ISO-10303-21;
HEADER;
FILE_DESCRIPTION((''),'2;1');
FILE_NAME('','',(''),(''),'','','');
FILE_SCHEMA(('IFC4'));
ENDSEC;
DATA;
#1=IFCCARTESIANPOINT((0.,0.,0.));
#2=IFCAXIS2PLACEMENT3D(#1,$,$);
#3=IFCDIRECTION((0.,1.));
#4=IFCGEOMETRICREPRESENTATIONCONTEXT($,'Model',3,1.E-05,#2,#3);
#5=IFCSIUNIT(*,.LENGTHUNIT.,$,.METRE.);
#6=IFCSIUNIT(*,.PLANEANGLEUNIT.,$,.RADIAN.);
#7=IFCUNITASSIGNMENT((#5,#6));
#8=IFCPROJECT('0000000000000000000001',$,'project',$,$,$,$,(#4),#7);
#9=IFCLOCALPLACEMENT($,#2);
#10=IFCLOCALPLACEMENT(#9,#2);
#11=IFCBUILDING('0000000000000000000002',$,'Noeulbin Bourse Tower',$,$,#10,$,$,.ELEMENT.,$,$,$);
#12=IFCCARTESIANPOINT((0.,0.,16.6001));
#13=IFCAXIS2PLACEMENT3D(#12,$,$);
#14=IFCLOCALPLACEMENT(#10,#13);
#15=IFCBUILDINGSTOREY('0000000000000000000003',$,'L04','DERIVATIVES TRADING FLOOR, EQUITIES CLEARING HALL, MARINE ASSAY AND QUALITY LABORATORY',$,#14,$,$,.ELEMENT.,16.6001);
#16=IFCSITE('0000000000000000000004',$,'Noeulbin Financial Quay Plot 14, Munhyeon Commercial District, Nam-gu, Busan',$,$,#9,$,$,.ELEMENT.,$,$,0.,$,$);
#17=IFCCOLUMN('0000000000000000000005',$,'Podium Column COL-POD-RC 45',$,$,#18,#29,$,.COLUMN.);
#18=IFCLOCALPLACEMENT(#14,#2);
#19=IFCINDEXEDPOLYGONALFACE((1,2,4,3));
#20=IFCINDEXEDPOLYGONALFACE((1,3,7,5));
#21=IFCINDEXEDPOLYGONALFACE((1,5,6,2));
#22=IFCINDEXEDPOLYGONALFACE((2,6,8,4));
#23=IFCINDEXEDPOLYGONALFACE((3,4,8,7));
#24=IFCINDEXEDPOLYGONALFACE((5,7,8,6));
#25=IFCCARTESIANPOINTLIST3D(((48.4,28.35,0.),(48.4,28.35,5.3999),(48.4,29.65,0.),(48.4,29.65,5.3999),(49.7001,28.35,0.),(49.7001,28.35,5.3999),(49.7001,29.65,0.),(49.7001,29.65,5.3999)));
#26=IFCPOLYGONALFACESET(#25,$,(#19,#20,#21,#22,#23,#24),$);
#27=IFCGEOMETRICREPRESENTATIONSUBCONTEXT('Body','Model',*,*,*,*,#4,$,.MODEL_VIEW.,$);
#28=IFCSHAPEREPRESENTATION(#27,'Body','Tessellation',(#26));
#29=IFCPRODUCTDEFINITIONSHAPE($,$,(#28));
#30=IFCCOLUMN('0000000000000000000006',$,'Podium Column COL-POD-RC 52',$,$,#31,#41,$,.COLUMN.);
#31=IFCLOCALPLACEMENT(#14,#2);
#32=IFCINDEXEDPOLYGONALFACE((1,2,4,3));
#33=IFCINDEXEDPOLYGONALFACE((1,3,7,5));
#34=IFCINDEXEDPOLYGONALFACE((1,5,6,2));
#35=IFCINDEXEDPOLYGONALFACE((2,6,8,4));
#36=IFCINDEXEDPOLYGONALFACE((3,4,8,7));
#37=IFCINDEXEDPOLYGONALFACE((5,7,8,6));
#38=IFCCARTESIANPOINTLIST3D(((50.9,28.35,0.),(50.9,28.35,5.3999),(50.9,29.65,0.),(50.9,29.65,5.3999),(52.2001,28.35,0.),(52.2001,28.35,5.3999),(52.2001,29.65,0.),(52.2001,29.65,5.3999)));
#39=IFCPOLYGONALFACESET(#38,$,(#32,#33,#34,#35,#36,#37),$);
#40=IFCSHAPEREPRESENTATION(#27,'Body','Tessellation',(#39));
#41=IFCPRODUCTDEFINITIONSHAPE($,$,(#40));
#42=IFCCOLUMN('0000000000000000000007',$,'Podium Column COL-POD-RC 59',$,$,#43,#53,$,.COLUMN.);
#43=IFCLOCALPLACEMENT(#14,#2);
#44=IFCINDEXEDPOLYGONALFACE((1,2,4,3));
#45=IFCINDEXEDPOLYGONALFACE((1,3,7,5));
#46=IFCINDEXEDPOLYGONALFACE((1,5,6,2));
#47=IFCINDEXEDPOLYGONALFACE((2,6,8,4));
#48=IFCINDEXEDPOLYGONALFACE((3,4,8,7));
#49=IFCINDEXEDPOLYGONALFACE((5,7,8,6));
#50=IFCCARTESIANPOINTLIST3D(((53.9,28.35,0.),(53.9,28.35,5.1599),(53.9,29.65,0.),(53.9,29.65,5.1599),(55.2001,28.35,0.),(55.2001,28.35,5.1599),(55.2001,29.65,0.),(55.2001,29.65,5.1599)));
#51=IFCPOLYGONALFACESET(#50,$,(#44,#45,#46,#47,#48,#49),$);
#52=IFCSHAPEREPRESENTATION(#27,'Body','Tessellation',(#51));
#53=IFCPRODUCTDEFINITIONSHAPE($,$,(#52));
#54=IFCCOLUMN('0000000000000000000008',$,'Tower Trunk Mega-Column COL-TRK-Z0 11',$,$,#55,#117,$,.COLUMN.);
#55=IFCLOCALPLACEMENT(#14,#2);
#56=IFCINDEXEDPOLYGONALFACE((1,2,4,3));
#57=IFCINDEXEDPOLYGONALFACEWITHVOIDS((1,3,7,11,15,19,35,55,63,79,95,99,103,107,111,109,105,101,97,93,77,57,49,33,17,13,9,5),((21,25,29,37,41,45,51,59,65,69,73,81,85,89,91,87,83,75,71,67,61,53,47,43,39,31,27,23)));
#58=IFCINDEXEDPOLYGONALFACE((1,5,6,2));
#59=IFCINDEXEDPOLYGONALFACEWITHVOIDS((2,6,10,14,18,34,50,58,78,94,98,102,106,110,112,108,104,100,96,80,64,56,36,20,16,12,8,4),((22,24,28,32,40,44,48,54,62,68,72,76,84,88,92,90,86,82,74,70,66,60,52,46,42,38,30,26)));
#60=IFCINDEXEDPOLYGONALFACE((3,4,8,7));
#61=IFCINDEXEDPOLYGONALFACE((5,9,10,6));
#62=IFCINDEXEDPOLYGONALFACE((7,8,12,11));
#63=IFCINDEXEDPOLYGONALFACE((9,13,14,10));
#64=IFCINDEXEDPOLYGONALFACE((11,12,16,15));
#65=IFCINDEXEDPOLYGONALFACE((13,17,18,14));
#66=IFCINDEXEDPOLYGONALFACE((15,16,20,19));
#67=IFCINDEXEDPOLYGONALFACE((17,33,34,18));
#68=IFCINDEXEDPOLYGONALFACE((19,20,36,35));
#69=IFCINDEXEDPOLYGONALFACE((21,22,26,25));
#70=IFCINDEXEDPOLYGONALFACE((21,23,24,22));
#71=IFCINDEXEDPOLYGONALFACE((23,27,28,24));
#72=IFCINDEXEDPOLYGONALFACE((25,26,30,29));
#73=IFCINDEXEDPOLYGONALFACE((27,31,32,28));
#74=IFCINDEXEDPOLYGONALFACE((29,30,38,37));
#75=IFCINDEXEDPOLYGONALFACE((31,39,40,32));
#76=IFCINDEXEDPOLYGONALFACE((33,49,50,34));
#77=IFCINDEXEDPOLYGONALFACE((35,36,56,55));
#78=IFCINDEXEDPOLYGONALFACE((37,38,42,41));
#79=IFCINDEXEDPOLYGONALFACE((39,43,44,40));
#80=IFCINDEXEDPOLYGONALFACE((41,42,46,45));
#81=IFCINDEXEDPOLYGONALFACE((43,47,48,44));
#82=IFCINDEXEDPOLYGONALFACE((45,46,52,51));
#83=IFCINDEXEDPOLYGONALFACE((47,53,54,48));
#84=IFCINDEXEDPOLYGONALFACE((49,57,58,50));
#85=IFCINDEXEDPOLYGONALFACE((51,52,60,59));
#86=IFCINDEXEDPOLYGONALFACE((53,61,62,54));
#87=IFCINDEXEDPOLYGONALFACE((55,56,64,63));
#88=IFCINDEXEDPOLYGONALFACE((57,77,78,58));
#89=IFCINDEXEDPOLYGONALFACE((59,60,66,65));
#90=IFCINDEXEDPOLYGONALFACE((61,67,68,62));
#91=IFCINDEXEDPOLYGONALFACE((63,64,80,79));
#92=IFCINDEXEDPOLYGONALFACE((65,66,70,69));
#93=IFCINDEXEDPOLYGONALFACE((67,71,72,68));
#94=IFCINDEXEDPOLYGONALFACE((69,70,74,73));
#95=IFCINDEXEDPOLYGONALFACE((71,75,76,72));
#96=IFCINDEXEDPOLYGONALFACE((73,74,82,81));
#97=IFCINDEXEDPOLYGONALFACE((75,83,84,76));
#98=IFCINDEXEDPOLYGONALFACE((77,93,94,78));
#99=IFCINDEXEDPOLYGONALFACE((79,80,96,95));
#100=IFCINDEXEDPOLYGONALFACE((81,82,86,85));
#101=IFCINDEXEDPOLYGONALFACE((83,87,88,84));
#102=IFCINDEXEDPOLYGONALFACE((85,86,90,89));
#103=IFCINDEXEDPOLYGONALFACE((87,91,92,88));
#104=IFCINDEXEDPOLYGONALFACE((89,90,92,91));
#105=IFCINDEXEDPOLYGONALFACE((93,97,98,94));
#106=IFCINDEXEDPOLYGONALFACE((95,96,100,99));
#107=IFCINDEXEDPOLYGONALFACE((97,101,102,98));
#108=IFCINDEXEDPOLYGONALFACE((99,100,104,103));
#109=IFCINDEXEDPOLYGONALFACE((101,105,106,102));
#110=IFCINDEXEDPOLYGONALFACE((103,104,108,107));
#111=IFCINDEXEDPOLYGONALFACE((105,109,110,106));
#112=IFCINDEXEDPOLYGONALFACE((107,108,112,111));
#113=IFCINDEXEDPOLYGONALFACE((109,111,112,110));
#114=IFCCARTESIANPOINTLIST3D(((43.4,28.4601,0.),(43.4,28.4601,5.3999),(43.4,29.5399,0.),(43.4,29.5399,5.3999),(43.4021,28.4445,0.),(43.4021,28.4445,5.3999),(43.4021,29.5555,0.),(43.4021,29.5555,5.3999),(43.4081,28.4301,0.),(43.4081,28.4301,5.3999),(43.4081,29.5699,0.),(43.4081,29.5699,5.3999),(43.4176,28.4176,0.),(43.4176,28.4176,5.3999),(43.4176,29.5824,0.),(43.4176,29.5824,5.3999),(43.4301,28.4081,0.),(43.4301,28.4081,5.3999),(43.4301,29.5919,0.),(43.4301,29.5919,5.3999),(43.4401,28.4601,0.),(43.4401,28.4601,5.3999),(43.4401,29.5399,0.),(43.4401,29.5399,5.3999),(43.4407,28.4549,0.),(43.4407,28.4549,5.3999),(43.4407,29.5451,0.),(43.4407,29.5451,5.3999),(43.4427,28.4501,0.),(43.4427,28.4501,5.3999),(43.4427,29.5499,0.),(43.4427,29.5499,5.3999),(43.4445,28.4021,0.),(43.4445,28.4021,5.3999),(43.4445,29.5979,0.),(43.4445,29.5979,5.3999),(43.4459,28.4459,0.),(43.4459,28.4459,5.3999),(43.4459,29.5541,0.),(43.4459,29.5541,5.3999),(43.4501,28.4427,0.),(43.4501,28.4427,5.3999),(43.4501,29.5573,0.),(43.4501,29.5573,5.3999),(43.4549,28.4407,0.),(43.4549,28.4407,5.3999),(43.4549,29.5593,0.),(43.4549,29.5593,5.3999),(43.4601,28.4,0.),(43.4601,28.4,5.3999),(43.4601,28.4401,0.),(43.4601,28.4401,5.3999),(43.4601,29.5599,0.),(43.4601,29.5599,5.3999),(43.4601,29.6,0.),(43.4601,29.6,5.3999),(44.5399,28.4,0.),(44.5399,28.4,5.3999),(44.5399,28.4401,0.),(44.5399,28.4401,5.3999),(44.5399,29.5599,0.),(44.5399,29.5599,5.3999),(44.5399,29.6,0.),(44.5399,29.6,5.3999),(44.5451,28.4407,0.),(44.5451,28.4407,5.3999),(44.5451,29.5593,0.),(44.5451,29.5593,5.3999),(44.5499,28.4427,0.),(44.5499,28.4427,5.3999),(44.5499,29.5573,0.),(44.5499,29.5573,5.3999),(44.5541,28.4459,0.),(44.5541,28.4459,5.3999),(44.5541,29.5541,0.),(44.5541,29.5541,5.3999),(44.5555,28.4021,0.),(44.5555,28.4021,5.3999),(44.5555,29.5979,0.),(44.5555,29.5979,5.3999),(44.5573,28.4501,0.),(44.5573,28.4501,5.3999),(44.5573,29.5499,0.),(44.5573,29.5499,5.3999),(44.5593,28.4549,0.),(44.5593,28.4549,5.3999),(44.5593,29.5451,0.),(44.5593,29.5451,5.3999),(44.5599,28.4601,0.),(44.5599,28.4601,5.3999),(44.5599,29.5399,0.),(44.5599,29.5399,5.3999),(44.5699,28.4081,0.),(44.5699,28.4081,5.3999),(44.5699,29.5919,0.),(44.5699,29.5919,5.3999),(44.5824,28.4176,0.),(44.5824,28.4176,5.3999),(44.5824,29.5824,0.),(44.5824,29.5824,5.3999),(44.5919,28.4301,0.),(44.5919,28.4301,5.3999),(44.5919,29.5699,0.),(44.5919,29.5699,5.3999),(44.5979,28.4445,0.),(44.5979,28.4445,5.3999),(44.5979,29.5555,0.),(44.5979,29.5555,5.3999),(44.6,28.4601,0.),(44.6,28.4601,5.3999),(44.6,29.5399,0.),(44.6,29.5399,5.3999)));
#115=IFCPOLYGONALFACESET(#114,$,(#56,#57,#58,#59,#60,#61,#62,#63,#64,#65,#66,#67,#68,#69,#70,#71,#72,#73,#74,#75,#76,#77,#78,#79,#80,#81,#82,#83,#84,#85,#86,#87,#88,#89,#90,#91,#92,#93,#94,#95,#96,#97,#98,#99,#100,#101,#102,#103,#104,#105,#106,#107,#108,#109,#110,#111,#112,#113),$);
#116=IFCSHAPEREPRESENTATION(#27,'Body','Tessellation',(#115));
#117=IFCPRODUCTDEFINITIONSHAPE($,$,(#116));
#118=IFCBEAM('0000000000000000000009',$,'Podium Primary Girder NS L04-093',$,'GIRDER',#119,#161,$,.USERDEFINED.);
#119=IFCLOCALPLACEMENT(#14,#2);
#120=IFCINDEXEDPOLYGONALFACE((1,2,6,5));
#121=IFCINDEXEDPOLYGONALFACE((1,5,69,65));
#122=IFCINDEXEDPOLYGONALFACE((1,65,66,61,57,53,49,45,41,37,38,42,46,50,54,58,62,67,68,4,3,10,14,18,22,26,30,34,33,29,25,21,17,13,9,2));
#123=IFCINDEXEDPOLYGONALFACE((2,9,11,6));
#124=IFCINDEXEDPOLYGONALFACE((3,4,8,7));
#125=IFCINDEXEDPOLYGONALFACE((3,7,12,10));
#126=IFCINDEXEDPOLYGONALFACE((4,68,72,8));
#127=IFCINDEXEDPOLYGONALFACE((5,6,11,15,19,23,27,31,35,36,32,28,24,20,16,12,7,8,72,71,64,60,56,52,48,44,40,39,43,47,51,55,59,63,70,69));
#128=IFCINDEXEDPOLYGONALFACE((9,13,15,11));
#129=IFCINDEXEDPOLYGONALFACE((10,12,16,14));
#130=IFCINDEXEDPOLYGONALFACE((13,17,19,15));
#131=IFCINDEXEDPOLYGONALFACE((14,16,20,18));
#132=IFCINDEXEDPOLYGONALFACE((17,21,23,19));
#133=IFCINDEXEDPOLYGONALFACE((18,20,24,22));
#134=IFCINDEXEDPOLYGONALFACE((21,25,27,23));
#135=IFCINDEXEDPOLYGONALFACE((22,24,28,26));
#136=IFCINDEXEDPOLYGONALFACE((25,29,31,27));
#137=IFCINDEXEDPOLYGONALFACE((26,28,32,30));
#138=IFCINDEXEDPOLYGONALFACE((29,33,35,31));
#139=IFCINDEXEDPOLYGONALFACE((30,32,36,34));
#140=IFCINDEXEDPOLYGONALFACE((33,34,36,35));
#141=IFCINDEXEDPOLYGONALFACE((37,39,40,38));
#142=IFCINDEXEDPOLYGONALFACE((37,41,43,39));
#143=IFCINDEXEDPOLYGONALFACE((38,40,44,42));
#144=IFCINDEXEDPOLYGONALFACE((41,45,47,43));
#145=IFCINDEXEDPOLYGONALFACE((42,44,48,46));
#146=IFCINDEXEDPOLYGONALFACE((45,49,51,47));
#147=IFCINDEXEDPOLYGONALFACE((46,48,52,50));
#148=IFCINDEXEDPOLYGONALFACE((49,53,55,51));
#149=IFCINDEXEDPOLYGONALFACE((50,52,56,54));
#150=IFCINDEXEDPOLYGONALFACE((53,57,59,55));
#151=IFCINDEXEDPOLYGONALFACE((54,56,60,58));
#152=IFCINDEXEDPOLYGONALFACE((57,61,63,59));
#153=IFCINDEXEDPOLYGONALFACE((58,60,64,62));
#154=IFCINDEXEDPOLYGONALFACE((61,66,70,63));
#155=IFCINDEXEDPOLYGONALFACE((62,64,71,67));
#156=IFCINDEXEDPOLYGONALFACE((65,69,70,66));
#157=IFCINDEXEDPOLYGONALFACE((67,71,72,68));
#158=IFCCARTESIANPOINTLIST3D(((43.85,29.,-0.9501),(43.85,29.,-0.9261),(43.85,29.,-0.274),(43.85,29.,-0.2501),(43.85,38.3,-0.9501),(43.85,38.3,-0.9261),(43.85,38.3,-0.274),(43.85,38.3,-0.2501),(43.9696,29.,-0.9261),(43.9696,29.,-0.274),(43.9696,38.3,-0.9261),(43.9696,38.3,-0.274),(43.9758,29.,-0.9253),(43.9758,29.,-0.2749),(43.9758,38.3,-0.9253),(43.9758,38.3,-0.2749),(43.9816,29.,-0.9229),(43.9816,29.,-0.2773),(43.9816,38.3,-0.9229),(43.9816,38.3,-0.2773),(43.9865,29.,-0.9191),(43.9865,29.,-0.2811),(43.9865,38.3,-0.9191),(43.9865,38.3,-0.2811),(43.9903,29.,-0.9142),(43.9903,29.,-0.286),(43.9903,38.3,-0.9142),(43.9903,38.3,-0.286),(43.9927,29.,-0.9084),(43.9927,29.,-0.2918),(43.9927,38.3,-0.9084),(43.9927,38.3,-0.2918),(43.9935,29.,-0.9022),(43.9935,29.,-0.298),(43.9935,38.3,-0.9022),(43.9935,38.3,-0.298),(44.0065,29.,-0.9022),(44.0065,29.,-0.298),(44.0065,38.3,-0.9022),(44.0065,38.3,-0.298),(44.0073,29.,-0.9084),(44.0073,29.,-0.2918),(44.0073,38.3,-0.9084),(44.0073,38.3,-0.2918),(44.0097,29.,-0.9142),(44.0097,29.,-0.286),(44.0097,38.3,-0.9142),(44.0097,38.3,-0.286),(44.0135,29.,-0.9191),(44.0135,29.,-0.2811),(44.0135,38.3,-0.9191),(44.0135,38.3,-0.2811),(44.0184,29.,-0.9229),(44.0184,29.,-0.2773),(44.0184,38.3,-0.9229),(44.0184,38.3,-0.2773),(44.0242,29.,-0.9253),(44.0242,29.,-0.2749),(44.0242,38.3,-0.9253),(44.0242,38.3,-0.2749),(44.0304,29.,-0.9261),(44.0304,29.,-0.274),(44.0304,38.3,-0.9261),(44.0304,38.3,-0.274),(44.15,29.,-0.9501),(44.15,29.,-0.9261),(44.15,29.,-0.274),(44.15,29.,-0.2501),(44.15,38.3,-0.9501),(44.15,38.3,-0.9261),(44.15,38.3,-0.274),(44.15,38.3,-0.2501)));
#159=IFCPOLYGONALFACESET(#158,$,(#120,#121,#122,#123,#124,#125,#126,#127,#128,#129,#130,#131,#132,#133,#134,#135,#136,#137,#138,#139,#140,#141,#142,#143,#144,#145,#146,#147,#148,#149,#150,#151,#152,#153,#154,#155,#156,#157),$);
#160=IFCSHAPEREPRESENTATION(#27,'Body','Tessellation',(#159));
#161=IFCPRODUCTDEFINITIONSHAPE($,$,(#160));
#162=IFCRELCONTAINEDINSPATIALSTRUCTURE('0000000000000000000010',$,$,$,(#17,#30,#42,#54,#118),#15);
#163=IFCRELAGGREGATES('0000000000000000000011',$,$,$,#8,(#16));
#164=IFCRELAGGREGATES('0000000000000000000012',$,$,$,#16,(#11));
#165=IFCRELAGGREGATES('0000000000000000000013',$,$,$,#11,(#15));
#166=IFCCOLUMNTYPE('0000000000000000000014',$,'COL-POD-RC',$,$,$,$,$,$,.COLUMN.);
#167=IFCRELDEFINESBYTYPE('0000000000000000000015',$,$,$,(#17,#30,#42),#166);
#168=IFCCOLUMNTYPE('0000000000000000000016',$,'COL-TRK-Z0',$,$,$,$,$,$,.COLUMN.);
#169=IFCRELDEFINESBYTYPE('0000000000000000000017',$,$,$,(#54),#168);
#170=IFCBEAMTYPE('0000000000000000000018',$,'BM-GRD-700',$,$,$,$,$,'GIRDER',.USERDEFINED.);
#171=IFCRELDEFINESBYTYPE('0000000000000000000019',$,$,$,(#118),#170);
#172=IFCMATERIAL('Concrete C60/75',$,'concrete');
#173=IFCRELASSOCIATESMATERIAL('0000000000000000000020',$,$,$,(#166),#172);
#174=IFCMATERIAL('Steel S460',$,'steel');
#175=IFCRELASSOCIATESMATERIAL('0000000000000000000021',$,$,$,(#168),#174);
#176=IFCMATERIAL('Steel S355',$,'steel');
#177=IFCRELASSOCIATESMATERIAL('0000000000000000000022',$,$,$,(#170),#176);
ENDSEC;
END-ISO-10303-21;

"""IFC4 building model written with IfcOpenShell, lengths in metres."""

from ifc_helpers import new_model, si_unit, direction, frame, origin, origin_2d, place, context, subcontext, project, spatial, rectangle, hollow_rectangle, i_section, extrude, material, material_profile, profile_set, type_object, element, save


model = new_model("IFC4")

# Units and contexts
model_context = context("Model", 3, precision=1e-05, world=origin(), true_north=direction((0.0, 1.0)))
body_context = subcontext(model_context, "Body", "Model", "MODEL_VIEW")
ifc_project = project(units=[si_unit("LENGTHUNIT", "METRE"), si_unit("PLANEANGLEUNIT", "RADIAN")], contexts=[model_context])

# Site, building, storey
site_placement = place(None, origin())
site = spatial("IfcSite", under=ifc_project, at=site_placement, Name="Noeulbin Financial Quay Plot 14, Munhyeon Commercial District, Nam-gu, Busan", CompositionType="ELEMENT", RefElevation=0.0)
building_placement = place(site_placement, origin())
building = spatial("IfcBuilding", under=site, at=building_placement, Name="Noeulbin Bourse Tower", CompositionType="ELEMENT")
storey_placement = place(building_placement, frame((0.0, 0.0, 16.6001)))
storey = spatial("IfcBuildingStorey", under=building, at=storey_placement, Name="L04", Description="DERIVATIVES TRADING FLOOR, EQUITIES CLEARING HALL, MARINE ASSAY AND QUALITY LABORATORY", CompositionType="ELEMENT", Elevation=16.6001)

# Columns
ifc_material_1 = material(Name="Concrete C60/75", Category="concrete")
ifc_material_profile_1 = material_profile(ifc_material_1, rectangle(XDim=1.3, YDim=1.3, at=origin_2d()), Name="RC-COL-1300x1300", Category="LoadBearing")
ifc_profile_set_1 = profile_set([ifc_material_profile_1], Name="Concrete C60/75")
column_type_1 = type_object("IfcColumnType", Name="COL-POD-RC", PredefinedType="COLUMN", material=ifc_profile_set_1)
for number, where, z_axis, x_axis, name in (
    (1, (49.05, 29.0, 0.0), (0.0, 0.0, 1.0), (1.0, 0.0, 0.0), "Podium Column COL-POD-RC 45"),
    (2, (51.55, 29.0, 0.0), (0.0, 0.0, 1.0), (1.0, 0.0, 0.0), "Podium Column COL-POD-RC 52"),
):
    element("IfcColumn", number, at=place(storey_placement, frame(where, z_axis=z_axis, x_axis=x_axis)), inside=storey, type_object=column_type_1, Name=name, PredefinedType="COLUMN", context=body_context, shape_type="SweptSolid", body=[
        extrude(rectangle(XDim=1.3, YDim=1.3, at=origin_2d()), origin(), (0.0, 0.0, 1.0), 5.3999),
    ])
column_1_placement = place(storey_placement, frame((54.55, 29.0, 0.0), z_axis=(0.0, 0.0, 1.0), x_axis=(1.0, 0.0, 0.0)))
element("IfcColumn", 3, at=column_1_placement, inside=storey, type_object=column_type_1, Name="Podium Column COL-POD-RC 59", PredefinedType="COLUMN", context=body_context, shape_type="SweptSolid", body=[
    extrude(rectangle(XDim=1.3, YDim=1.3, at=origin_2d()), origin(), (0.0, 0.0, 1.0), 5.1599),
])
ifc_material_2 = material(Name="Steel S460", Category="steel")
ifc_material_profile_2 = material_profile(ifc_material_2, hollow_rectangle(XDim=1.2, YDim=1.2, WallThickness=0.04, InnerFilletRadius=0.02, OuterFilletRadius=0.0601, at=origin_2d()), Name="BOX-1200x1200x40", Category="LoadBearing")
ifc_profile_set_2 = profile_set([ifc_material_profile_2], Name="Steel S460")
column_type_2 = type_object("IfcColumnType", Name="COL-TRK-Z0", PredefinedType="COLUMN", material=ifc_profile_set_2)
column_2_placement = place(storey_placement, frame((44.0, 29.0, 0.0), z_axis=(0.0, 0.0, 1.0), x_axis=(1.0, 0.0, 0.0)))
element("IfcColumn", 4, at=column_2_placement, inside=storey, type_object=column_type_2, Name="Tower Trunk Mega-Column COL-TRK-Z0 11", PredefinedType="COLUMN", context=body_context, shape_type="SweptSolid", body=[
    extrude(hollow_rectangle(XDim=1.2, YDim=1.2, WallThickness=0.04, InnerFilletRadius=0.02, OuterFilletRadius=0.0601, at=origin_2d()), origin(), (0.0, 0.0, 1.0), 5.3999),
])

# Beam
ifc_material_3 = material(Name="Steel S355", Category="steel")
ifc_material_profile_3 = material_profile(ifc_material_3, i_section(OverallWidth=0.3, OverallDepth=0.7, WebThickness=0.0129, FlangeThickness=0.0239, FilletRadius=0.0239, at=origin_2d()), Name="H-700x300x13x24", Category="LoadBearing")
ifc_profile_set_3 = profile_set([ifc_material_profile_3], Name="Steel S355")
beam_type_1 = type_object("IfcBeamType", Name="BM-GRD-700", ElementType="GIRDER", PredefinedType="USERDEFINED", material=ifc_profile_set_3)
for number, where, z_axis, x_axis, name in (
    (5, (44.0, 29.0, -0.6001), (0.0, 1.0, 0.0), (-1.0, 0.0, 0.0), "Podium Primary Girder NS L04-093"),
):
    element("IfcBeam", number, at=place(storey_placement, frame(where, z_axis=z_axis, x_axis=x_axis)), inside=storey, type_object=beam_type_1, Name=name, ObjectType="GIRDER", PredefinedType="USERDEFINED", context=body_context, shape_type="SweptSolid", body=[
        extrude(i_section(OverallWidth=0.3, OverallDepth=0.7, WebThickness=0.0129, FlangeThickness=0.0239, FilletRadius=0.0239, at=origin_2d()), origin(), (0.0, 0.0, 1.0), 9.3),
    ])

save(model, "model.ifc")
